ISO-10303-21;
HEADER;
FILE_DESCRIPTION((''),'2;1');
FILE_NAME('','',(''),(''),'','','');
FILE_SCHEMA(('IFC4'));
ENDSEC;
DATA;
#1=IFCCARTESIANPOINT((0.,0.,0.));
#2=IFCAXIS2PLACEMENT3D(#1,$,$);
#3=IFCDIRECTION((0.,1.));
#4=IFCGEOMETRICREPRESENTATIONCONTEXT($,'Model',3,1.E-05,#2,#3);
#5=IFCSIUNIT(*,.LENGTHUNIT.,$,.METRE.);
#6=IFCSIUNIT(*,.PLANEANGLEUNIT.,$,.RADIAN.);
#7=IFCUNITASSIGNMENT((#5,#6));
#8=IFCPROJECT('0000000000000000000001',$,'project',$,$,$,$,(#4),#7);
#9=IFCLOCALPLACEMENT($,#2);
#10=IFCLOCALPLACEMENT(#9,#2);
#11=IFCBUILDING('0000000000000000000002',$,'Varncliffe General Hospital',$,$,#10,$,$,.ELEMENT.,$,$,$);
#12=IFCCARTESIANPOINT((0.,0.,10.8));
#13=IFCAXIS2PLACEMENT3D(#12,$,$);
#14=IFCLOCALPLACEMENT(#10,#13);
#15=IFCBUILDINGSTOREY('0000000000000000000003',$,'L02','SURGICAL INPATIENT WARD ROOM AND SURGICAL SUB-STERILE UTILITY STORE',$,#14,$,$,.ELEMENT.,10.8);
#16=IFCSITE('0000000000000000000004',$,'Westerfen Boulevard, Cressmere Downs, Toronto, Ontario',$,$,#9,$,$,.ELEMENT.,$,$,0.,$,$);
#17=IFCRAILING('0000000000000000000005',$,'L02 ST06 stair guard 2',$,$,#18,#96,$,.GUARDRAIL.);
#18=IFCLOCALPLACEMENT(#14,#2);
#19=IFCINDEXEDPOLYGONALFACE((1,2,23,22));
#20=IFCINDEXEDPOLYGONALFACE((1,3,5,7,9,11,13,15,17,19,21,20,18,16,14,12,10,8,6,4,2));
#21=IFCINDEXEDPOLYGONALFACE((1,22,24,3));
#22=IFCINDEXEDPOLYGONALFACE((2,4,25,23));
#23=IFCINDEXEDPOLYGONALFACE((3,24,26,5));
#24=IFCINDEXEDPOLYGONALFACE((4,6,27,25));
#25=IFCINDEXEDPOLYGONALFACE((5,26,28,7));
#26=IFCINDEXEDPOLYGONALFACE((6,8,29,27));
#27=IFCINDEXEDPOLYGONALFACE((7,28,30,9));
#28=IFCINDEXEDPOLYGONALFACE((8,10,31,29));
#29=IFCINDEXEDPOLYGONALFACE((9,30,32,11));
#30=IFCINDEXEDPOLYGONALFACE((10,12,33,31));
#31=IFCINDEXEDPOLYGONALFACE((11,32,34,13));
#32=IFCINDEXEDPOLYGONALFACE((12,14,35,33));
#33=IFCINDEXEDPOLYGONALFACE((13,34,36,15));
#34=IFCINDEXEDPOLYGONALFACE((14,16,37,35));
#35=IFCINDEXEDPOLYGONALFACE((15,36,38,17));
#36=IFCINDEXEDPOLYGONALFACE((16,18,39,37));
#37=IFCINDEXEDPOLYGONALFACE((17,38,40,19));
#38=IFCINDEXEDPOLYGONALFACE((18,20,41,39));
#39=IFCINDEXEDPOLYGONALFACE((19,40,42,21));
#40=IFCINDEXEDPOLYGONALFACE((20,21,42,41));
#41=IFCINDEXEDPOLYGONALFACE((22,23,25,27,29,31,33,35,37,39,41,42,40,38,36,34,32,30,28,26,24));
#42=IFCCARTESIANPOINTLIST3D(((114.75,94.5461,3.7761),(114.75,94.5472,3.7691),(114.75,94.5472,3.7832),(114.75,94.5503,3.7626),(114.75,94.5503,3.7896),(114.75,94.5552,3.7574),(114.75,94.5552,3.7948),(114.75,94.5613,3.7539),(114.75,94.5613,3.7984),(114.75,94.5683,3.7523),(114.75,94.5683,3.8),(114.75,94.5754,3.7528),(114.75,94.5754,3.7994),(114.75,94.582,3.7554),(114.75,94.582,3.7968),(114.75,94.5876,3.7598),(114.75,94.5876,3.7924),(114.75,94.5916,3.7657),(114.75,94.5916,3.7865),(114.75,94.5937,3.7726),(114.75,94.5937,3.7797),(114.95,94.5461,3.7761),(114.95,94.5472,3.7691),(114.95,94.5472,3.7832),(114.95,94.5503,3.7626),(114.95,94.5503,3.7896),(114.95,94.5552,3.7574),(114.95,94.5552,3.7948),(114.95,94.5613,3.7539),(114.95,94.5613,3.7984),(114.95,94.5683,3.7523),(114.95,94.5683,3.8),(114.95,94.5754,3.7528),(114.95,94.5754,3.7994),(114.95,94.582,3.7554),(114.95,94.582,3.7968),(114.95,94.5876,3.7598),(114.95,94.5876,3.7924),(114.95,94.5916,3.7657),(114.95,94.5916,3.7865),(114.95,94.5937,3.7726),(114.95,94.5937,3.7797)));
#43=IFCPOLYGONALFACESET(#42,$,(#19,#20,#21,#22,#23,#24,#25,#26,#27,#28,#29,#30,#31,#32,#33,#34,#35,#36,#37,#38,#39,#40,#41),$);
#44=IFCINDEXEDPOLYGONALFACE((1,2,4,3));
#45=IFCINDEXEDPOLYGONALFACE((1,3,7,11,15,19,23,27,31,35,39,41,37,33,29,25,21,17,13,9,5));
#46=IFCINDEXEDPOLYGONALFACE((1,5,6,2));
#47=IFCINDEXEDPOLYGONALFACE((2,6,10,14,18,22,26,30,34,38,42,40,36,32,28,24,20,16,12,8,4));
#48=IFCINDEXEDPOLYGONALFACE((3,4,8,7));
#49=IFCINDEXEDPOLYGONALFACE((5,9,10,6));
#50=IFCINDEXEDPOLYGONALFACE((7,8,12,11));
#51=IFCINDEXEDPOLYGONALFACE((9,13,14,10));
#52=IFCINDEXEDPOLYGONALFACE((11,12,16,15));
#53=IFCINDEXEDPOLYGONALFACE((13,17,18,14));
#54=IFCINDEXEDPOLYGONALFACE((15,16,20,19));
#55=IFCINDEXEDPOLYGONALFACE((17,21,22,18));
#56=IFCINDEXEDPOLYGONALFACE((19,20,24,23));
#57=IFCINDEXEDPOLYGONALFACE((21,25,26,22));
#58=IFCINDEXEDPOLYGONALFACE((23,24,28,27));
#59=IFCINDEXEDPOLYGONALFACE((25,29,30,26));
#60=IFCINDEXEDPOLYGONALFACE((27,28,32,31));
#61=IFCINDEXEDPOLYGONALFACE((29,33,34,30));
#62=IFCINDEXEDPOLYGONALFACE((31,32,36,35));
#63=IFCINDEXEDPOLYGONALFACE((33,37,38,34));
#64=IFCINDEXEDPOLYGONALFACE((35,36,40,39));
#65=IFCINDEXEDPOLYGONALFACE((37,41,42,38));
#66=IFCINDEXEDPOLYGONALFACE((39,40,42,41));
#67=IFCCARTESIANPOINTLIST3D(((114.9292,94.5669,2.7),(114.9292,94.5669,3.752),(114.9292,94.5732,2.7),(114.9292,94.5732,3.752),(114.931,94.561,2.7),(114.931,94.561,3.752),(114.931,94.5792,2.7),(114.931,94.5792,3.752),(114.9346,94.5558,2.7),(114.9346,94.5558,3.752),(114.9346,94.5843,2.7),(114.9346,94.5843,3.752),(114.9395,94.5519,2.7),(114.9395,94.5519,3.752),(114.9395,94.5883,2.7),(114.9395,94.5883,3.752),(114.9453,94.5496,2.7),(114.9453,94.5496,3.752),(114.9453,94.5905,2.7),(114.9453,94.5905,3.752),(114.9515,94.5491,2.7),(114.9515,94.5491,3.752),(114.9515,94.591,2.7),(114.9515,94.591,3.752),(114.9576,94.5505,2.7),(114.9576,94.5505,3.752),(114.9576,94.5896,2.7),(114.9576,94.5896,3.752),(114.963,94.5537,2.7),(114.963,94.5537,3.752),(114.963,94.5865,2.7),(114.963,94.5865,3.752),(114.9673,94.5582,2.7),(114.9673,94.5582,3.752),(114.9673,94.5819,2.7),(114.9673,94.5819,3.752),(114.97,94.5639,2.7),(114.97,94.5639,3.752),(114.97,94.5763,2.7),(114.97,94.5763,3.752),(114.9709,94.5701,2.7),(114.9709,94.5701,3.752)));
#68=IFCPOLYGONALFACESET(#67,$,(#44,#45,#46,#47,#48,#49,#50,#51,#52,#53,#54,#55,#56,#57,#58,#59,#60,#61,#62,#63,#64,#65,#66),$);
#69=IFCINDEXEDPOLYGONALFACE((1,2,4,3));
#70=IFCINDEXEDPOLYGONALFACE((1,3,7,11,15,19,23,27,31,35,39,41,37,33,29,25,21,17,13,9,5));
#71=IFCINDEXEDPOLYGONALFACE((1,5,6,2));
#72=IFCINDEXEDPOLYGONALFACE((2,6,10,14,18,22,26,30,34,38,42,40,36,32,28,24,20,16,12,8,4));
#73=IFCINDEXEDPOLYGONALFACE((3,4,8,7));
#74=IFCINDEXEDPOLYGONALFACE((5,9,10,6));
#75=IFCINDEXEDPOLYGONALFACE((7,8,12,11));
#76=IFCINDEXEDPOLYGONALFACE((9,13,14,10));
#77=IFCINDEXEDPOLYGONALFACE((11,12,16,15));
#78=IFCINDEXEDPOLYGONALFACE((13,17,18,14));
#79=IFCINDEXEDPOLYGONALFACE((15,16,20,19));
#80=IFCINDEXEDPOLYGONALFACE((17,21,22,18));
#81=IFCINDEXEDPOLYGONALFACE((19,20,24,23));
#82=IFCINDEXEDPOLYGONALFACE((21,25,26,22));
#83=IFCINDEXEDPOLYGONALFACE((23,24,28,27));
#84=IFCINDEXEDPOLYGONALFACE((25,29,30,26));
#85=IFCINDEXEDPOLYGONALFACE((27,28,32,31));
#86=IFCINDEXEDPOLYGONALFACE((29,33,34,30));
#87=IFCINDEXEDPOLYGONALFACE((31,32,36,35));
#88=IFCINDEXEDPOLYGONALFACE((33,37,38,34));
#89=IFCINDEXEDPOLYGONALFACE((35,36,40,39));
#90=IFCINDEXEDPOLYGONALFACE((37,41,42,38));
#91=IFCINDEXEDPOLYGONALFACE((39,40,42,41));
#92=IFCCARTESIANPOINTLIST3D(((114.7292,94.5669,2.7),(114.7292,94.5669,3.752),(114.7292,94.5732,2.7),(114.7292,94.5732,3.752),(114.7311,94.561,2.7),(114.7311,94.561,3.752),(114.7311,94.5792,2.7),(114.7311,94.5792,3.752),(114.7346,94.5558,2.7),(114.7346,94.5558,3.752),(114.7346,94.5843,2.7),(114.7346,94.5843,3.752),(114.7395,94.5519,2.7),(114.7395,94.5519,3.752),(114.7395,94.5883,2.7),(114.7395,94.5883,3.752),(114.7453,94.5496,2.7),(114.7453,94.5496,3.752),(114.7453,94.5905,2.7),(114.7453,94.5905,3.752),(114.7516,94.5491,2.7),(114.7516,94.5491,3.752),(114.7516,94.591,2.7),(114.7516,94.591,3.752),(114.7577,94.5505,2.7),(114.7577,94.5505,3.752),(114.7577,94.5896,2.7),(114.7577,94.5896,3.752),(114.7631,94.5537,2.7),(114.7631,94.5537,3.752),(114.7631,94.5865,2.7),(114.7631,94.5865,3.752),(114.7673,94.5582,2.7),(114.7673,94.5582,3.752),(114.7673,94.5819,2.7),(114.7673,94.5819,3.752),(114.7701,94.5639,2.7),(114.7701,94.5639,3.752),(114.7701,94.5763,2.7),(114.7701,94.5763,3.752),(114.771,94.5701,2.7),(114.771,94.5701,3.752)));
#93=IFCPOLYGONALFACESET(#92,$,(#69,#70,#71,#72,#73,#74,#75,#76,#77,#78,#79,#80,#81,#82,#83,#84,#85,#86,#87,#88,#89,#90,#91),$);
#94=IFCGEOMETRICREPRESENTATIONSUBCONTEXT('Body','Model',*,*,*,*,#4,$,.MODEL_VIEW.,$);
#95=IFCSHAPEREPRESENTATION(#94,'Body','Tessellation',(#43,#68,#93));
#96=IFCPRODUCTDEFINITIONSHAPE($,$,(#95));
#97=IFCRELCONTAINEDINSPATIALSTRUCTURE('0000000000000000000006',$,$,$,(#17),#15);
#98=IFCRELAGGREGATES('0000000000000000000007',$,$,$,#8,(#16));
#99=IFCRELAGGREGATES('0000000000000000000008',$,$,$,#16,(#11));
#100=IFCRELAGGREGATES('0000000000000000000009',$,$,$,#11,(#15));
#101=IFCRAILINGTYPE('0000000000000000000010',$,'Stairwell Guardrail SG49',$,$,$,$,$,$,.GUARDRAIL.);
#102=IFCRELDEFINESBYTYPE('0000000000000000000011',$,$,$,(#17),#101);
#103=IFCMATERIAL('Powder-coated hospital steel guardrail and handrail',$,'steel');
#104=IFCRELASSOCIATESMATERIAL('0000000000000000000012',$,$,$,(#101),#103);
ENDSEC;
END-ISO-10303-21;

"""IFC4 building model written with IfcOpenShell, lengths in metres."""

from ifc_helpers import new_model, si_unit, direction, frame, origin, origin_2d, place, context, subcontext, project, spatial, circle, extrude, material, type_object, element, save


model = new_model("IFC4")

# Units and contexts
model_context = context("Model", 3, precision=1e-05, world=origin(), true_north=direction((0.0, 1.0)))
body_context = subcontext(model_context, "Body", "Model", "MODEL_VIEW")
ifc_project = project(units=[si_unit("LENGTHUNIT", "METRE"), si_unit("PLANEANGLEUNIT", "RADIAN")], contexts=[model_context])

# Site, building, storey
site_placement = place(None, origin())
site = spatial("IfcSite", under=ifc_project, at=site_placement, Name="Westerfen Boulevard, Cressmere Downs, Toronto, Ontario", CompositionType="ELEMENT", RefElevation=0.0)
building_placement = place(site_placement, origin())
building = spatial("IfcBuilding", under=site, at=building_placement, Name="Varncliffe General Hospital", CompositionType="ELEMENT")
storey_placement = place(building_placement, frame((0.0, 0.0, 10.8)))
storey = spatial("IfcBuildingStorey", under=building, at=storey_placement, Name="L02", Description="SURGICAL INPATIENT WARD ROOM AND SURGICAL SUB-STERILE UTILITY STORE", CompositionType="ELEMENT", Elevation=10.8)

# Railing
ifc_material_1 = material(Name="Powder-coated hospital steel guardrail and handrail", Category="steel")
railing_type = type_object("IfcRailingType", Name="Stairwell Guardrail SG49", PredefinedType="GUARDRAIL", material=ifc_material_1)
railing_1_placement = place(storey_placement, frame((114.95, 94.5701, 2.7)))
element("IfcRailing", 1, at=railing_1_placement, inside=storey, type_object=railing_type, Name="L02 ST06 stair guard 2", PredefinedType="GUARDRAIL", context=body_context, shape_type="SweptSolid", body=[
    extrude(circle(Radius=0.0239, at=origin_2d()), frame((0.0, 0.0, 1.0762), z_axis=(-1.0, 0.0, 0.0), x_axis=(0.0, -1.0, 0.0)), (0.0, 0.0, 1.0), 0.2),
    extrude(circle(Radius=0.021, at=origin_2d()), origin(), (0.0, 0.0, 1.0), 1.052),
    extrude(circle(Radius=0.021, at=origin_2d()), frame((-0.2, 0.0, 0.0)), (0.0, 0.0, 1.0), 1.052),
])

save(model, "model.ifc")
